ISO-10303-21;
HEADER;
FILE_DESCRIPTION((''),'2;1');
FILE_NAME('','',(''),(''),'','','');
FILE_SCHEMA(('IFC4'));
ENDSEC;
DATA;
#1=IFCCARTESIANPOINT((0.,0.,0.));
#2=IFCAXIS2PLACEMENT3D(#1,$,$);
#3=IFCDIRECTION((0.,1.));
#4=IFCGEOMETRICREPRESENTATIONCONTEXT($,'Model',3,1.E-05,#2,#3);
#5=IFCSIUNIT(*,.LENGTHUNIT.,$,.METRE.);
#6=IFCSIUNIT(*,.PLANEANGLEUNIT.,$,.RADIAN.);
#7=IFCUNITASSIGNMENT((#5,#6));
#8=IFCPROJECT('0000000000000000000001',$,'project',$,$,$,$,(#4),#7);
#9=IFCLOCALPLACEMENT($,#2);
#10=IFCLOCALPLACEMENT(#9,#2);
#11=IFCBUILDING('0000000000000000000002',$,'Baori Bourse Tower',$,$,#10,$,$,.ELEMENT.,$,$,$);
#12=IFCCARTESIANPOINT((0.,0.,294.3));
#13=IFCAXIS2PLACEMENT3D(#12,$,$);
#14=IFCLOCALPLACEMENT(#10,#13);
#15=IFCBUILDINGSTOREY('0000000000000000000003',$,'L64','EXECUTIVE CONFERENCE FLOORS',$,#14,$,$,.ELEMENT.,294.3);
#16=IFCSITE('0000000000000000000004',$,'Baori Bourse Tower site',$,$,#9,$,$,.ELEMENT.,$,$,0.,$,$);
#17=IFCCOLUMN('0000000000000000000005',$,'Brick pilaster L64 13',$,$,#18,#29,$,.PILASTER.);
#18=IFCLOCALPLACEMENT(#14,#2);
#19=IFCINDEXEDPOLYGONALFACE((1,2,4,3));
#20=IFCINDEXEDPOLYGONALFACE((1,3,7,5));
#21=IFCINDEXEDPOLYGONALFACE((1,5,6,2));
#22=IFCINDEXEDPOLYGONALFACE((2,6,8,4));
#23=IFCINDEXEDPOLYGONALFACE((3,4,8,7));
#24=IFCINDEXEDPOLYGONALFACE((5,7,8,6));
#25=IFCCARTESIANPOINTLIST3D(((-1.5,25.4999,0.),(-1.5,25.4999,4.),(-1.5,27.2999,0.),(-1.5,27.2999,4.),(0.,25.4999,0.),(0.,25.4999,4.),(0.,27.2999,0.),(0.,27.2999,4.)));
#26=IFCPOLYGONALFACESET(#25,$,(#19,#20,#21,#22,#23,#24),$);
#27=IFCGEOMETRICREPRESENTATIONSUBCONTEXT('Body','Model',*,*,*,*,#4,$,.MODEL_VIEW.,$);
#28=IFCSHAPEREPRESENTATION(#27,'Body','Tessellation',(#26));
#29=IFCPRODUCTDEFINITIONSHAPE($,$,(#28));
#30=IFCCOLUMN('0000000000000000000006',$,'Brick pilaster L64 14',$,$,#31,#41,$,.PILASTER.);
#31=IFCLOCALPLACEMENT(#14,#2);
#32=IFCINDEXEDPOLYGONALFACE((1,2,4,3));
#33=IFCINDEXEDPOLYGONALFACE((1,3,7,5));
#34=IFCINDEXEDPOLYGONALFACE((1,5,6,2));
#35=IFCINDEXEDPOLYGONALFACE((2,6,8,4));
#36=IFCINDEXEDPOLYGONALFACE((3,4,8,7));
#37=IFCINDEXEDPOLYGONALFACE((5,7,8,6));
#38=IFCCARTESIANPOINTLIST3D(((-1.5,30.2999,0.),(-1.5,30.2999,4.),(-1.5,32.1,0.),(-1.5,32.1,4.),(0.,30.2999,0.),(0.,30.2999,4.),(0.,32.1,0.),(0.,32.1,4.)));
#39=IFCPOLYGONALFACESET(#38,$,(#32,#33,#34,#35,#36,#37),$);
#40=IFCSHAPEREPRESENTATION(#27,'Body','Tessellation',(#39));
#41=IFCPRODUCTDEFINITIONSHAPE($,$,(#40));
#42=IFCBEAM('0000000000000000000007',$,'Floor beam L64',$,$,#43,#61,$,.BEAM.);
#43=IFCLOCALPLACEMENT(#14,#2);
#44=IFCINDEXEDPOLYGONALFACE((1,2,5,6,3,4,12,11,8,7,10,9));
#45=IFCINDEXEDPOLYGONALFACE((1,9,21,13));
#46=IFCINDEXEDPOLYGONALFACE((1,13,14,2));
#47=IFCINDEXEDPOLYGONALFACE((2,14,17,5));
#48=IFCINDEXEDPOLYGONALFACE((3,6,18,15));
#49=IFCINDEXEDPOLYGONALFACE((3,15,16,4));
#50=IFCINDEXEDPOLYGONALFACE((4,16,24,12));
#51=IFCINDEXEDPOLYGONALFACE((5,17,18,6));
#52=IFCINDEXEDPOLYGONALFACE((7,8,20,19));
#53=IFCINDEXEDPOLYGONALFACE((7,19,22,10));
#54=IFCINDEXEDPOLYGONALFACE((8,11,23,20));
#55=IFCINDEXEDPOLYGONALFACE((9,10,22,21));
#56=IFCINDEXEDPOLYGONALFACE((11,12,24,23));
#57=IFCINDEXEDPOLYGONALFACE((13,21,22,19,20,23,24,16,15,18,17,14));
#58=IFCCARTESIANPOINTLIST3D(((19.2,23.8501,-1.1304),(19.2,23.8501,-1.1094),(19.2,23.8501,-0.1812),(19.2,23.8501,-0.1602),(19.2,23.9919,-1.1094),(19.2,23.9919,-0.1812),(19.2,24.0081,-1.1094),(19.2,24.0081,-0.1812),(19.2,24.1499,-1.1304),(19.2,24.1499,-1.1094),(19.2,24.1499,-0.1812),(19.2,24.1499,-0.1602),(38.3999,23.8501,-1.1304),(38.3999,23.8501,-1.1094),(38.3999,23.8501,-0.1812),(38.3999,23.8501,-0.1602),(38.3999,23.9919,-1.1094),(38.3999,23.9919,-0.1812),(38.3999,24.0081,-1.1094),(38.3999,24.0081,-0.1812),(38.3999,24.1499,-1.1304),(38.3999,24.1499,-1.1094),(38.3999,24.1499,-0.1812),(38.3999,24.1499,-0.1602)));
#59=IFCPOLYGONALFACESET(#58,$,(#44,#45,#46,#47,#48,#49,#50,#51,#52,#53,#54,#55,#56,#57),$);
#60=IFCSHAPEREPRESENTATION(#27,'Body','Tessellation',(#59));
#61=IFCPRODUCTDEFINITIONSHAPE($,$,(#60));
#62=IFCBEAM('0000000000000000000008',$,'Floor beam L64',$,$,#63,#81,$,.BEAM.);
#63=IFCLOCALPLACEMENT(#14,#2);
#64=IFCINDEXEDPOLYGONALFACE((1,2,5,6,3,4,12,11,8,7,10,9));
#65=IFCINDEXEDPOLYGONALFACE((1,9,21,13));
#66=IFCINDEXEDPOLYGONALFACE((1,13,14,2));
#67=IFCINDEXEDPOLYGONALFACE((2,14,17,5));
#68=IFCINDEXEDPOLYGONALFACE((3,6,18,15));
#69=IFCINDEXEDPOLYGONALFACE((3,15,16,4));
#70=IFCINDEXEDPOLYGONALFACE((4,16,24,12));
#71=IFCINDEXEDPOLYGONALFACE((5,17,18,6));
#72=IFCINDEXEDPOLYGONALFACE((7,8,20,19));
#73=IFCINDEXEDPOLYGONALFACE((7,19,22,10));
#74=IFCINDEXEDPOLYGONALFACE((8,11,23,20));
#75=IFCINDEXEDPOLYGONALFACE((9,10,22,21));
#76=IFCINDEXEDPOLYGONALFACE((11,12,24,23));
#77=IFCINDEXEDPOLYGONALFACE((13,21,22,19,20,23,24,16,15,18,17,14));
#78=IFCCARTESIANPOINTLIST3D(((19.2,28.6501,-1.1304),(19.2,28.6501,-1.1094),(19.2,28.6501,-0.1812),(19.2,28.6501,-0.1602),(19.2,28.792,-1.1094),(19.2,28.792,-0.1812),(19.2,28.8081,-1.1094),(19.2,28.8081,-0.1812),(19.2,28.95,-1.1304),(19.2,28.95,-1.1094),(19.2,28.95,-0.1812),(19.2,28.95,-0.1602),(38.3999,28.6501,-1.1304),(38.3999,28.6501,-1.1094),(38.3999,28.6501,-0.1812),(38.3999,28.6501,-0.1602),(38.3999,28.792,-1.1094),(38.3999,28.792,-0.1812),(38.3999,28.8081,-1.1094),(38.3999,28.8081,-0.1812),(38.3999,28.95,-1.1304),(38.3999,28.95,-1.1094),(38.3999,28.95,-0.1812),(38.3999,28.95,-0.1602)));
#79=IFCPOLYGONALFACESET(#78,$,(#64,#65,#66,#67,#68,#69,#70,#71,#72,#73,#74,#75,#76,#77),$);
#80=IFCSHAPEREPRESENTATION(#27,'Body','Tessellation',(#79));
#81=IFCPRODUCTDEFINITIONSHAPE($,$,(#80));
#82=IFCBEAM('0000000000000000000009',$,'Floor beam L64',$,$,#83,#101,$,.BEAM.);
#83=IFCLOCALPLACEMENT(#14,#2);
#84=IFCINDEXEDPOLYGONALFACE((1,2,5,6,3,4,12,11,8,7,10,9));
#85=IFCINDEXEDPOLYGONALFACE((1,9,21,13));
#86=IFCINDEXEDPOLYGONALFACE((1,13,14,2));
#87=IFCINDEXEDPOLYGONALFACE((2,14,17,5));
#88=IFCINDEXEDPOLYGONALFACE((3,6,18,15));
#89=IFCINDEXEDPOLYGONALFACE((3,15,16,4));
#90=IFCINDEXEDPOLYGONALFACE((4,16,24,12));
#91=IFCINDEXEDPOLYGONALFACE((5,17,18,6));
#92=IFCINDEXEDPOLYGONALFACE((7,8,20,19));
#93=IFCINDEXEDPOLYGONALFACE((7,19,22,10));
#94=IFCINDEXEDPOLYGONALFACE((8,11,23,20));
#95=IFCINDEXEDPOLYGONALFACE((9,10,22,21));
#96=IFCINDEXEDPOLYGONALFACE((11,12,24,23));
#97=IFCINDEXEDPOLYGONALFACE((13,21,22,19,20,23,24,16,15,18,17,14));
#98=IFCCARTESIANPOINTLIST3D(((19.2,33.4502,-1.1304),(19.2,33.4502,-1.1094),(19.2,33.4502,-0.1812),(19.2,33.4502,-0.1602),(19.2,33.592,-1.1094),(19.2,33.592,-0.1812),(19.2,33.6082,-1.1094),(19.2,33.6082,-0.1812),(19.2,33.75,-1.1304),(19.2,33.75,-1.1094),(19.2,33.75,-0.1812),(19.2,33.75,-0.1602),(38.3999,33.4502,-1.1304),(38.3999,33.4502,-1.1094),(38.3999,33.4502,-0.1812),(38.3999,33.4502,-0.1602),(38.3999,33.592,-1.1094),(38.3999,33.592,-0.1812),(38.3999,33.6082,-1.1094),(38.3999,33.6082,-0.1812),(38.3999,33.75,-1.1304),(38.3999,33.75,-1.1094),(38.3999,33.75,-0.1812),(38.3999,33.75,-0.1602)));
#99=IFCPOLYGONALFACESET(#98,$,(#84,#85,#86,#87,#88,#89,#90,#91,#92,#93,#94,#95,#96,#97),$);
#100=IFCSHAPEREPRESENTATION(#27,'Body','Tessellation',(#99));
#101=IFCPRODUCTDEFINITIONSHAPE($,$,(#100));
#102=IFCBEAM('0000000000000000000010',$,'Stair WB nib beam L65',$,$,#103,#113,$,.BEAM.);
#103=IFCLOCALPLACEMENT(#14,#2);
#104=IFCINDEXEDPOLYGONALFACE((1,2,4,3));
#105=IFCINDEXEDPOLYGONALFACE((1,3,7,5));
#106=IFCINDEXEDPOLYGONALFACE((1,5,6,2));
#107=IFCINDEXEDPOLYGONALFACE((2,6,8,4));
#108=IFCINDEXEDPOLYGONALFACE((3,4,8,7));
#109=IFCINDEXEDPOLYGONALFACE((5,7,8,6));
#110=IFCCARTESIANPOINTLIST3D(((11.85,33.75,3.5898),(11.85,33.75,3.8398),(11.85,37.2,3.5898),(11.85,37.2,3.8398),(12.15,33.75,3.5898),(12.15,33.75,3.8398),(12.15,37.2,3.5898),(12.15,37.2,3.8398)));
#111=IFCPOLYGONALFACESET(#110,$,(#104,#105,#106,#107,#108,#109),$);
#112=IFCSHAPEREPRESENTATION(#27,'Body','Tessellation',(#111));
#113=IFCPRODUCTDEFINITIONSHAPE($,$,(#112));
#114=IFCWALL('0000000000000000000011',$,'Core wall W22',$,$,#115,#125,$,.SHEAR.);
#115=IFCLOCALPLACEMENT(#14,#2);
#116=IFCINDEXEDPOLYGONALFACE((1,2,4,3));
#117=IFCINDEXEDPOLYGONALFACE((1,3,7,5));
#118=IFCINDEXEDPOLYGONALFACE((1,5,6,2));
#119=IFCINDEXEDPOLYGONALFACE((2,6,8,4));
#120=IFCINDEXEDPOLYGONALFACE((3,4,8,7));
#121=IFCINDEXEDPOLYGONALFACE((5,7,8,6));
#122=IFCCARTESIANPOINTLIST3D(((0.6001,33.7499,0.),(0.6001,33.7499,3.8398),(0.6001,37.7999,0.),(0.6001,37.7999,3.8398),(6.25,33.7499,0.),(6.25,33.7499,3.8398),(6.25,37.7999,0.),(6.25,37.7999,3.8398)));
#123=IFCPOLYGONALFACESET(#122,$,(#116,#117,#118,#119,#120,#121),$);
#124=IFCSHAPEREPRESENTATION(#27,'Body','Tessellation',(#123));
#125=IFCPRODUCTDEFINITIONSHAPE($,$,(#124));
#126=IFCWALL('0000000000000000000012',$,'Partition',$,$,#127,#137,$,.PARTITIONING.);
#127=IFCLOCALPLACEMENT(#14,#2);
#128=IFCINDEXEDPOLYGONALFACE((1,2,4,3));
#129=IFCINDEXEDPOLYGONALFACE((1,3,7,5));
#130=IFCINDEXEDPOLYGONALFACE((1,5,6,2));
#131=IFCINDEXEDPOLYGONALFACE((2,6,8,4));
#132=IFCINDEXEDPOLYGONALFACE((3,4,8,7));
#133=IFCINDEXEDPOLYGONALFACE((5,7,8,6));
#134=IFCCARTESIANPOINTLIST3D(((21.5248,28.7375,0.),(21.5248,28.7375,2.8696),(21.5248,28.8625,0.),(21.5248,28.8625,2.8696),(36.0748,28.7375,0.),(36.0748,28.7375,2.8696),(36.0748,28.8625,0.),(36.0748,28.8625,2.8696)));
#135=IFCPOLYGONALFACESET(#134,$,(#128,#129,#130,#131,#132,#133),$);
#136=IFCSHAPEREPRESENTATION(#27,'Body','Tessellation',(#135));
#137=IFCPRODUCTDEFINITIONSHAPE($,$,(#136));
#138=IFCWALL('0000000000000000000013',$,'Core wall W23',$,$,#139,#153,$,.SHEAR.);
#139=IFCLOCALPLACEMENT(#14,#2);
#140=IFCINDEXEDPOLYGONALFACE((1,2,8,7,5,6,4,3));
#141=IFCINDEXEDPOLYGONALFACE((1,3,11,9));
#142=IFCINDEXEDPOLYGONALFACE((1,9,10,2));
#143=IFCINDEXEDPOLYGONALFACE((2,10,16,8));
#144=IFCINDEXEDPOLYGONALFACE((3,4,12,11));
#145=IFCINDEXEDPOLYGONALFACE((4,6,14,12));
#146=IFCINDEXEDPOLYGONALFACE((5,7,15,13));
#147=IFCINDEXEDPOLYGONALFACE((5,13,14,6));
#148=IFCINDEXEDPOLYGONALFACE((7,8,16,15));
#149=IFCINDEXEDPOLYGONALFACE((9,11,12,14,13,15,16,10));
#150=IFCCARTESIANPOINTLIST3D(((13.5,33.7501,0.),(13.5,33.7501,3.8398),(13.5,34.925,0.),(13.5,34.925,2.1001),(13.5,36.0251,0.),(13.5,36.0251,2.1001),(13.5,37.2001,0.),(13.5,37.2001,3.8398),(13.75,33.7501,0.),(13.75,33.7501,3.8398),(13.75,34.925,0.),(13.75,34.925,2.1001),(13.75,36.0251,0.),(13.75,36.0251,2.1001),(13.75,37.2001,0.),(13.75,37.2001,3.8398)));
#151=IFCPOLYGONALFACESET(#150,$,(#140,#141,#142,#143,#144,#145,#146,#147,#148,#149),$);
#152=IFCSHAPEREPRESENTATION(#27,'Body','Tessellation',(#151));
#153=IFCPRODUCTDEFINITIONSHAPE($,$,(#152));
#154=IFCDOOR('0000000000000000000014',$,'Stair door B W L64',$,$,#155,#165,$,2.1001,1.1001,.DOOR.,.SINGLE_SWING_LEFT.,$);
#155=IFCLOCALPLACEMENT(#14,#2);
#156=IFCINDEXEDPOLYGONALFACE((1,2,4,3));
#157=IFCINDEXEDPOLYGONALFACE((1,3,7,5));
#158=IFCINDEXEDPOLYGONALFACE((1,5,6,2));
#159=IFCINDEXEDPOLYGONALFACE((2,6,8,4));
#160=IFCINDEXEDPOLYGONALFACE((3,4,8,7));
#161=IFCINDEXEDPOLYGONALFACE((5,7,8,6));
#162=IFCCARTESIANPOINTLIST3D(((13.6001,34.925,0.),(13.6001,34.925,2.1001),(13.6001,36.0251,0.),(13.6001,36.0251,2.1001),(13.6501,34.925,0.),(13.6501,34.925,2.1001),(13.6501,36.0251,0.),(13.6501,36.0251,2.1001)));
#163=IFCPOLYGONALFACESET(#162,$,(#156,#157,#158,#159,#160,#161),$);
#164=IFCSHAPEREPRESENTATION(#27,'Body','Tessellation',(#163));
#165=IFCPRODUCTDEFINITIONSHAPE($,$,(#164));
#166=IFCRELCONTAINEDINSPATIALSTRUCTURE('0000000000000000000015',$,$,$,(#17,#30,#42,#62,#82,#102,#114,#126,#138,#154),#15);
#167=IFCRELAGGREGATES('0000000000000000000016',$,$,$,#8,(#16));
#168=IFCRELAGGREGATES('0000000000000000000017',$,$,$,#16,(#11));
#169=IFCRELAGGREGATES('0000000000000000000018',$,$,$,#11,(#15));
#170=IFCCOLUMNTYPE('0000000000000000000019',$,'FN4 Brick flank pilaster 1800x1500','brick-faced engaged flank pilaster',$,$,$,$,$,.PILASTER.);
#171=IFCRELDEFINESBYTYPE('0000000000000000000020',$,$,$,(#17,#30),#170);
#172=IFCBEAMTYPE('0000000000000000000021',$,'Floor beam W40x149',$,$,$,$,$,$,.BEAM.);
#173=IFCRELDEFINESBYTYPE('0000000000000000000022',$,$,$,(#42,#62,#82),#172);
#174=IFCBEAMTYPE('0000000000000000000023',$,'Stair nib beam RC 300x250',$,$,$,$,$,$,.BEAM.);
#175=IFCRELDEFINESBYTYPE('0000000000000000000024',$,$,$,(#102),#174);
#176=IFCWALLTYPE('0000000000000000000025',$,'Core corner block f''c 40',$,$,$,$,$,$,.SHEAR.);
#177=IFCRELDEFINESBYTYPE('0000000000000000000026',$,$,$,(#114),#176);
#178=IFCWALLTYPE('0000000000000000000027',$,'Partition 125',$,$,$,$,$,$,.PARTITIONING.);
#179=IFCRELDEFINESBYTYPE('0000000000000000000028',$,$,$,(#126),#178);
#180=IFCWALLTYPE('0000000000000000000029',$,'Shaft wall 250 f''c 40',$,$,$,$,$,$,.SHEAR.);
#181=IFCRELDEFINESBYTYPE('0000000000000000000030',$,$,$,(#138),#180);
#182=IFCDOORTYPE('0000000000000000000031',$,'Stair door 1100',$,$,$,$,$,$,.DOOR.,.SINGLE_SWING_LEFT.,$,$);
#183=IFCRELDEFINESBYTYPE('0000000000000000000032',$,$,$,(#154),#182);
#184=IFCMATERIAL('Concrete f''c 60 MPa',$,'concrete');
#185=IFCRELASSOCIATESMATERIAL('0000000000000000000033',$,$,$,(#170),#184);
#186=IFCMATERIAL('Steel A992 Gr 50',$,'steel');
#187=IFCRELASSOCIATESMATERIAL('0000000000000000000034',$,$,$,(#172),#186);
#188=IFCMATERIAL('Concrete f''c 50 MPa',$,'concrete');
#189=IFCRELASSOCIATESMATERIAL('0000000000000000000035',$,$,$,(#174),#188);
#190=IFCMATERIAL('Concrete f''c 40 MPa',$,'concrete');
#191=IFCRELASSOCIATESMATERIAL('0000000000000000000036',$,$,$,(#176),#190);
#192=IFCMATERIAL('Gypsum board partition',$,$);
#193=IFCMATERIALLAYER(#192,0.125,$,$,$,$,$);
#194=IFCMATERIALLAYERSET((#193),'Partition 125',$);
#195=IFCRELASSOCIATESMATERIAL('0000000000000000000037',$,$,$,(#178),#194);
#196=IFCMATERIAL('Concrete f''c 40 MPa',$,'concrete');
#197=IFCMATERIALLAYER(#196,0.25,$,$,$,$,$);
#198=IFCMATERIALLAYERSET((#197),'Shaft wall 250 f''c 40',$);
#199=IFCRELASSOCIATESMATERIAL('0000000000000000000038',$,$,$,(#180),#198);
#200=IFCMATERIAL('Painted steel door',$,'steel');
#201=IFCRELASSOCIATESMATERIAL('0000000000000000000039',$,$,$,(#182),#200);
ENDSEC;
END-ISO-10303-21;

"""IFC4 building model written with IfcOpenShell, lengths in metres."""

from ifc_helpers import new_model, si_unit, direction, frame, frame_2d, origin, origin_2d, place, context, subcontext, project, spatial, rectangle, i_section, extrude, material, layer, layer_set, material_profile, profile_set, type_object, element, fill, save


model = new_model("IFC4")

# Units and contexts
model_context = context("Model", 3, precision=1e-05, world=origin(), true_north=direction((0.0, 1.0)))
body_context = subcontext(model_context, "Body", "Model", "MODEL_VIEW")
ifc_project = project(units=[si_unit("LENGTHUNIT", "METRE"), si_unit("PLANEANGLEUNIT", "RADIAN")], contexts=[model_context])

# Site, building, storey
site_placement = place(None, origin())
site = spatial("IfcSite", under=ifc_project, at=site_placement, Name="Baori Bourse Tower site", CompositionType="ELEMENT", RefElevation=0.0)
building_placement = place(site_placement, origin())
building = spatial("IfcBuilding", under=site, at=building_placement, Name="Baori Bourse Tower", CompositionType="ELEMENT")
storey_placement = place(building_placement, frame((0.0, 0.0, 294.3)))
storey = spatial("IfcBuildingStorey", under=building, at=storey_placement, Name="L64", Description="EXECUTIVE CONFERENCE FLOORS", CompositionType="ELEMENT", Elevation=294.3)

# Columns
ifc_material_1 = material(Name="Concrete f'c 60 MPa", Category="concrete")
ifc_material_profile_1 = material_profile(ifc_material_1, rectangle(XDim=1.8, YDim=1.5, at=origin_2d()), Name="RC 1800x1500")
ifc_profile_set_1 = profile_set([ifc_material_profile_1], Name="Concrete f'c 60 MPa")
column_type = type_object("IfcColumnType", Name="FN4 Brick flank pilaster 1800x1500", Description="brick-faced engaged flank pilaster", PredefinedType="PILASTER", material=ifc_profile_set_1)
for number, where, z_axis, x_axis, name in (
    (1, (-0.75, 26.3999, 0.0), (0.0, 0.0, 1.0), (0.0, 1.0, 0.0), "Brick pilaster L64 13"),
    (2, (-0.75, 31.2, 0.0), (0.0, 0.0, 1.0), (0.0, 1.0, 0.0), "Brick pilaster L64 14"),
):
    element("IfcColumn", number, at=place(storey_placement, frame(where, z_axis=z_axis, x_axis=x_axis)), inside=storey, type_object=column_type, Name=name, PredefinedType="PILASTER", context=body_context, shape_type="SweptSolid", body=[
        extrude(rectangle(XDim=1.8, YDim=1.5, at=origin_2d()), origin(), (0.0, 0.0, 1.0), 4.0),
    ])

# Beams
ifc_material_2 = material(Name="Steel A992 Gr 50", Category="steel")
ifc_material_profile_2 = material_profile(ifc_material_2, i_section(OverallWidth=0.2998, OverallDepth=0.9702, WebThickness=0.0161, FlangeThickness=0.021, at=origin_2d()), Name="W40x149")
ifc_profile_set_2 = profile_set([ifc_material_profile_2], Name="Steel A992 Gr 50")
beam_type_1 = type_object("IfcBeamType", Name="Floor beam W40x149", PredefinedType="BEAM", material=ifc_profile_set_2)
for number, where, z_axis, x_axis, name in (
    (3, (19.2, 24.0, -0.6453), (1.0, 0.0, 0.0), (0.0, 1.0, 0.0), "Floor beam L64"),
    (4, (19.2, 28.8, -0.6453), (1.0, 0.0, 0.0), (0.0, 1.0, 0.0), "Floor beam L64"),
    (5, (19.2, 33.6001, -0.6453), (1.0, 0.0, 0.0), (0.0, 1.0, 0.0), "Floor beam L64"),
):
    element("IfcBeam", number, at=place(storey_placement, frame(where, z_axis=z_axis, x_axis=x_axis)), inside=storey, type_object=beam_type_1, Name=name, PredefinedType="BEAM", context=body_context, shape_type="SweptSolid", body=[
        extrude(i_section(OverallWidth=0.2998, OverallDepth=0.9702, WebThickness=0.0161, FlangeThickness=0.021, at=origin_2d()), origin(), (0.0, 0.0, 1.0), 19.2),
    ])
ifc_material_3 = material(Name="Concrete f'c 50 MPa", Category="concrete")
ifc_material_profile_3 = material_profile(ifc_material_3, rectangle(XDim=0.3, YDim=0.25, at=origin_2d()), Name="RC 300x250")
ifc_profile_set_3 = profile_set([ifc_material_profile_3], Name="Concrete f'c 50 MPa")
beam_type_2 = type_object("IfcBeamType", Name="Stair nib beam RC 300x250", PredefinedType="BEAM", material=ifc_profile_set_3)
beam_placement = place(storey_placement, frame((12.0, 33.75, 3.7148), z_axis=(0.0, 1.0, 0.0), x_axis=(-1.0, 0.0, 0.0)))
element("IfcBeam", 6, at=beam_placement, inside=storey, type_object=beam_type_2, Name="Stair WB nib beam L65", PredefinedType="BEAM", context=body_context, shape_type="SweptSolid", body=[
    extrude(rectangle(XDim=0.3, YDim=0.25, at=origin_2d()), origin(), (0.0, 0.0, 1.0), 3.45),
])

# Walls
ifc_material_4 = material(Name="Concrete f'c 40 MPa", Category="concrete")
wall_type_1 = type_object("IfcWallType", Name="Core corner block f'c 40", PredefinedType="SHEAR", material=ifc_material_4)
wall_1_placement = place(storey_placement, frame((0.6001, 35.7749, 0.0), z_axis=(0.0, 0.0, 1.0), x_axis=(1.0, 0.0, 0.0)))
element("IfcWall", 7, at=wall_1_placement, inside=storey, type_object=wall_type_1, Name="Core wall W22", PredefinedType="SHEAR", context=body_context, shape_type="SweptSolid", body=[
    extrude(rectangle(XDim=5.6499, YDim=4.05, at=frame_2d((2.825, 0.0))), origin(), (0.0, 0.0, 1.0), 3.8398),
])
ifc_material_5 = material(Name="Gypsum board partition")
ifc_layer_1 = layer(ifc_material_5, 0.125)
ifc_layer_set_1 = layer_set([ifc_layer_1], Name="Partition 125")
wall_type_2 = type_object("IfcWallType", Name="Partition 125", PredefinedType="PARTITIONING", material=ifc_layer_set_1)
wall_2_placement = place(storey_placement, frame((21.5249, 28.8, 0.0), z_axis=(0.0, 0.0, 1.0), x_axis=(1.0, 0.0, 0.0)))
element("IfcWall", 8, at=wall_2_placement, inside=storey, type_object=wall_type_2, Name="Partition", PredefinedType="PARTITIONING", context=body_context, shape_type="SweptSolid", body=[
    extrude(rectangle(XDim=14.55, YDim=0.125, at=frame_2d((7.2749, 0.0))), origin(), (0.0, 0.0, 1.0), 2.8696),
])

# Wall, opening, door
ifc_material_6 = material(Name="Concrete f'c 40 MPa", Category="concrete")
ifc_layer_2 = layer(ifc_material_6, 0.25)
ifc_layer_set_2 = layer_set([ifc_layer_2], Name="Shaft wall 250 f'c 40")
wall_type_3 = type_object("IfcWallType", Name="Shaft wall 250 f'c 40", PredefinedType="SHEAR", material=ifc_layer_set_2)
wall_3_placement = place(storey_placement, frame((13.625, 33.75, 0.0), z_axis=(0.0, 0.0, 1.0), x_axis=(0.0, 1.0, 0.0)))
wall_3 = element("IfcWall", 9, at=wall_3_placement, inside=storey, type_object=wall_type_3, Name="Core wall W23", PredefinedType="SHEAR", context=body_context, shape_type="SweptSolid", body=[
    extrude(rectangle(XDim=3.45, YDim=0.25, at=frame_2d((1.7251, 0.0))), origin(), (0.0, 0.0, 1.0), 3.8398),
])
opening_1_placement = place(wall_3_placement, frame((1.175, 0.0, 0.0)))
opening_1 = element("IfcOpeningElement", 10, at=opening_1_placement, cuts=wall_3, PredefinedType="OPENING", context=body_context, shape_type="SweptSolid", body=[
    extrude(rectangle(XDim=1.1001, YDim=2.1001, at=frame_2d((0.55, 1.05))), frame((0.0, 0.135, 0.0), z_axis=(0.0, -1.0, 0.0), x_axis=(1.0, 0.0, 0.0)), (0.0, 0.0, 1.0), 0.27),
])
ifc_material_7 = material(Name="Painted steel door", Category="steel")
door_type_1 = type_object("IfcDoorType", Name="Stair door 1100", OperationType="SINGLE_SWING_LEFT", PredefinedType="DOOR", material=ifc_material_7)
door_1_placement = place(opening_1_placement, origin())
door_1 = element("IfcDoor", 11, at=door_1_placement, inside=storey, type_object=door_type_1, Name="Stair door B W L64", OperationType="SINGLE_SWING_LEFT", OverallHeight=2.1001, OverallWidth=1.1001, PredefinedType="DOOR", context=body_context, shape_type="SweptSolid", body=[
    extrude(rectangle(XDim=1.1001, YDim=2.1001, at=frame_2d((0.55, 1.05))), frame((0.0, 0.0249, 0.0), z_axis=(0.0, -1.0, 0.0), x_axis=(1.0, 0.0, 0.0)), (0.0, 0.0, 1.0), 0.05),
])
fill(opening_1, door_1)

save(model, "model.ifc")
